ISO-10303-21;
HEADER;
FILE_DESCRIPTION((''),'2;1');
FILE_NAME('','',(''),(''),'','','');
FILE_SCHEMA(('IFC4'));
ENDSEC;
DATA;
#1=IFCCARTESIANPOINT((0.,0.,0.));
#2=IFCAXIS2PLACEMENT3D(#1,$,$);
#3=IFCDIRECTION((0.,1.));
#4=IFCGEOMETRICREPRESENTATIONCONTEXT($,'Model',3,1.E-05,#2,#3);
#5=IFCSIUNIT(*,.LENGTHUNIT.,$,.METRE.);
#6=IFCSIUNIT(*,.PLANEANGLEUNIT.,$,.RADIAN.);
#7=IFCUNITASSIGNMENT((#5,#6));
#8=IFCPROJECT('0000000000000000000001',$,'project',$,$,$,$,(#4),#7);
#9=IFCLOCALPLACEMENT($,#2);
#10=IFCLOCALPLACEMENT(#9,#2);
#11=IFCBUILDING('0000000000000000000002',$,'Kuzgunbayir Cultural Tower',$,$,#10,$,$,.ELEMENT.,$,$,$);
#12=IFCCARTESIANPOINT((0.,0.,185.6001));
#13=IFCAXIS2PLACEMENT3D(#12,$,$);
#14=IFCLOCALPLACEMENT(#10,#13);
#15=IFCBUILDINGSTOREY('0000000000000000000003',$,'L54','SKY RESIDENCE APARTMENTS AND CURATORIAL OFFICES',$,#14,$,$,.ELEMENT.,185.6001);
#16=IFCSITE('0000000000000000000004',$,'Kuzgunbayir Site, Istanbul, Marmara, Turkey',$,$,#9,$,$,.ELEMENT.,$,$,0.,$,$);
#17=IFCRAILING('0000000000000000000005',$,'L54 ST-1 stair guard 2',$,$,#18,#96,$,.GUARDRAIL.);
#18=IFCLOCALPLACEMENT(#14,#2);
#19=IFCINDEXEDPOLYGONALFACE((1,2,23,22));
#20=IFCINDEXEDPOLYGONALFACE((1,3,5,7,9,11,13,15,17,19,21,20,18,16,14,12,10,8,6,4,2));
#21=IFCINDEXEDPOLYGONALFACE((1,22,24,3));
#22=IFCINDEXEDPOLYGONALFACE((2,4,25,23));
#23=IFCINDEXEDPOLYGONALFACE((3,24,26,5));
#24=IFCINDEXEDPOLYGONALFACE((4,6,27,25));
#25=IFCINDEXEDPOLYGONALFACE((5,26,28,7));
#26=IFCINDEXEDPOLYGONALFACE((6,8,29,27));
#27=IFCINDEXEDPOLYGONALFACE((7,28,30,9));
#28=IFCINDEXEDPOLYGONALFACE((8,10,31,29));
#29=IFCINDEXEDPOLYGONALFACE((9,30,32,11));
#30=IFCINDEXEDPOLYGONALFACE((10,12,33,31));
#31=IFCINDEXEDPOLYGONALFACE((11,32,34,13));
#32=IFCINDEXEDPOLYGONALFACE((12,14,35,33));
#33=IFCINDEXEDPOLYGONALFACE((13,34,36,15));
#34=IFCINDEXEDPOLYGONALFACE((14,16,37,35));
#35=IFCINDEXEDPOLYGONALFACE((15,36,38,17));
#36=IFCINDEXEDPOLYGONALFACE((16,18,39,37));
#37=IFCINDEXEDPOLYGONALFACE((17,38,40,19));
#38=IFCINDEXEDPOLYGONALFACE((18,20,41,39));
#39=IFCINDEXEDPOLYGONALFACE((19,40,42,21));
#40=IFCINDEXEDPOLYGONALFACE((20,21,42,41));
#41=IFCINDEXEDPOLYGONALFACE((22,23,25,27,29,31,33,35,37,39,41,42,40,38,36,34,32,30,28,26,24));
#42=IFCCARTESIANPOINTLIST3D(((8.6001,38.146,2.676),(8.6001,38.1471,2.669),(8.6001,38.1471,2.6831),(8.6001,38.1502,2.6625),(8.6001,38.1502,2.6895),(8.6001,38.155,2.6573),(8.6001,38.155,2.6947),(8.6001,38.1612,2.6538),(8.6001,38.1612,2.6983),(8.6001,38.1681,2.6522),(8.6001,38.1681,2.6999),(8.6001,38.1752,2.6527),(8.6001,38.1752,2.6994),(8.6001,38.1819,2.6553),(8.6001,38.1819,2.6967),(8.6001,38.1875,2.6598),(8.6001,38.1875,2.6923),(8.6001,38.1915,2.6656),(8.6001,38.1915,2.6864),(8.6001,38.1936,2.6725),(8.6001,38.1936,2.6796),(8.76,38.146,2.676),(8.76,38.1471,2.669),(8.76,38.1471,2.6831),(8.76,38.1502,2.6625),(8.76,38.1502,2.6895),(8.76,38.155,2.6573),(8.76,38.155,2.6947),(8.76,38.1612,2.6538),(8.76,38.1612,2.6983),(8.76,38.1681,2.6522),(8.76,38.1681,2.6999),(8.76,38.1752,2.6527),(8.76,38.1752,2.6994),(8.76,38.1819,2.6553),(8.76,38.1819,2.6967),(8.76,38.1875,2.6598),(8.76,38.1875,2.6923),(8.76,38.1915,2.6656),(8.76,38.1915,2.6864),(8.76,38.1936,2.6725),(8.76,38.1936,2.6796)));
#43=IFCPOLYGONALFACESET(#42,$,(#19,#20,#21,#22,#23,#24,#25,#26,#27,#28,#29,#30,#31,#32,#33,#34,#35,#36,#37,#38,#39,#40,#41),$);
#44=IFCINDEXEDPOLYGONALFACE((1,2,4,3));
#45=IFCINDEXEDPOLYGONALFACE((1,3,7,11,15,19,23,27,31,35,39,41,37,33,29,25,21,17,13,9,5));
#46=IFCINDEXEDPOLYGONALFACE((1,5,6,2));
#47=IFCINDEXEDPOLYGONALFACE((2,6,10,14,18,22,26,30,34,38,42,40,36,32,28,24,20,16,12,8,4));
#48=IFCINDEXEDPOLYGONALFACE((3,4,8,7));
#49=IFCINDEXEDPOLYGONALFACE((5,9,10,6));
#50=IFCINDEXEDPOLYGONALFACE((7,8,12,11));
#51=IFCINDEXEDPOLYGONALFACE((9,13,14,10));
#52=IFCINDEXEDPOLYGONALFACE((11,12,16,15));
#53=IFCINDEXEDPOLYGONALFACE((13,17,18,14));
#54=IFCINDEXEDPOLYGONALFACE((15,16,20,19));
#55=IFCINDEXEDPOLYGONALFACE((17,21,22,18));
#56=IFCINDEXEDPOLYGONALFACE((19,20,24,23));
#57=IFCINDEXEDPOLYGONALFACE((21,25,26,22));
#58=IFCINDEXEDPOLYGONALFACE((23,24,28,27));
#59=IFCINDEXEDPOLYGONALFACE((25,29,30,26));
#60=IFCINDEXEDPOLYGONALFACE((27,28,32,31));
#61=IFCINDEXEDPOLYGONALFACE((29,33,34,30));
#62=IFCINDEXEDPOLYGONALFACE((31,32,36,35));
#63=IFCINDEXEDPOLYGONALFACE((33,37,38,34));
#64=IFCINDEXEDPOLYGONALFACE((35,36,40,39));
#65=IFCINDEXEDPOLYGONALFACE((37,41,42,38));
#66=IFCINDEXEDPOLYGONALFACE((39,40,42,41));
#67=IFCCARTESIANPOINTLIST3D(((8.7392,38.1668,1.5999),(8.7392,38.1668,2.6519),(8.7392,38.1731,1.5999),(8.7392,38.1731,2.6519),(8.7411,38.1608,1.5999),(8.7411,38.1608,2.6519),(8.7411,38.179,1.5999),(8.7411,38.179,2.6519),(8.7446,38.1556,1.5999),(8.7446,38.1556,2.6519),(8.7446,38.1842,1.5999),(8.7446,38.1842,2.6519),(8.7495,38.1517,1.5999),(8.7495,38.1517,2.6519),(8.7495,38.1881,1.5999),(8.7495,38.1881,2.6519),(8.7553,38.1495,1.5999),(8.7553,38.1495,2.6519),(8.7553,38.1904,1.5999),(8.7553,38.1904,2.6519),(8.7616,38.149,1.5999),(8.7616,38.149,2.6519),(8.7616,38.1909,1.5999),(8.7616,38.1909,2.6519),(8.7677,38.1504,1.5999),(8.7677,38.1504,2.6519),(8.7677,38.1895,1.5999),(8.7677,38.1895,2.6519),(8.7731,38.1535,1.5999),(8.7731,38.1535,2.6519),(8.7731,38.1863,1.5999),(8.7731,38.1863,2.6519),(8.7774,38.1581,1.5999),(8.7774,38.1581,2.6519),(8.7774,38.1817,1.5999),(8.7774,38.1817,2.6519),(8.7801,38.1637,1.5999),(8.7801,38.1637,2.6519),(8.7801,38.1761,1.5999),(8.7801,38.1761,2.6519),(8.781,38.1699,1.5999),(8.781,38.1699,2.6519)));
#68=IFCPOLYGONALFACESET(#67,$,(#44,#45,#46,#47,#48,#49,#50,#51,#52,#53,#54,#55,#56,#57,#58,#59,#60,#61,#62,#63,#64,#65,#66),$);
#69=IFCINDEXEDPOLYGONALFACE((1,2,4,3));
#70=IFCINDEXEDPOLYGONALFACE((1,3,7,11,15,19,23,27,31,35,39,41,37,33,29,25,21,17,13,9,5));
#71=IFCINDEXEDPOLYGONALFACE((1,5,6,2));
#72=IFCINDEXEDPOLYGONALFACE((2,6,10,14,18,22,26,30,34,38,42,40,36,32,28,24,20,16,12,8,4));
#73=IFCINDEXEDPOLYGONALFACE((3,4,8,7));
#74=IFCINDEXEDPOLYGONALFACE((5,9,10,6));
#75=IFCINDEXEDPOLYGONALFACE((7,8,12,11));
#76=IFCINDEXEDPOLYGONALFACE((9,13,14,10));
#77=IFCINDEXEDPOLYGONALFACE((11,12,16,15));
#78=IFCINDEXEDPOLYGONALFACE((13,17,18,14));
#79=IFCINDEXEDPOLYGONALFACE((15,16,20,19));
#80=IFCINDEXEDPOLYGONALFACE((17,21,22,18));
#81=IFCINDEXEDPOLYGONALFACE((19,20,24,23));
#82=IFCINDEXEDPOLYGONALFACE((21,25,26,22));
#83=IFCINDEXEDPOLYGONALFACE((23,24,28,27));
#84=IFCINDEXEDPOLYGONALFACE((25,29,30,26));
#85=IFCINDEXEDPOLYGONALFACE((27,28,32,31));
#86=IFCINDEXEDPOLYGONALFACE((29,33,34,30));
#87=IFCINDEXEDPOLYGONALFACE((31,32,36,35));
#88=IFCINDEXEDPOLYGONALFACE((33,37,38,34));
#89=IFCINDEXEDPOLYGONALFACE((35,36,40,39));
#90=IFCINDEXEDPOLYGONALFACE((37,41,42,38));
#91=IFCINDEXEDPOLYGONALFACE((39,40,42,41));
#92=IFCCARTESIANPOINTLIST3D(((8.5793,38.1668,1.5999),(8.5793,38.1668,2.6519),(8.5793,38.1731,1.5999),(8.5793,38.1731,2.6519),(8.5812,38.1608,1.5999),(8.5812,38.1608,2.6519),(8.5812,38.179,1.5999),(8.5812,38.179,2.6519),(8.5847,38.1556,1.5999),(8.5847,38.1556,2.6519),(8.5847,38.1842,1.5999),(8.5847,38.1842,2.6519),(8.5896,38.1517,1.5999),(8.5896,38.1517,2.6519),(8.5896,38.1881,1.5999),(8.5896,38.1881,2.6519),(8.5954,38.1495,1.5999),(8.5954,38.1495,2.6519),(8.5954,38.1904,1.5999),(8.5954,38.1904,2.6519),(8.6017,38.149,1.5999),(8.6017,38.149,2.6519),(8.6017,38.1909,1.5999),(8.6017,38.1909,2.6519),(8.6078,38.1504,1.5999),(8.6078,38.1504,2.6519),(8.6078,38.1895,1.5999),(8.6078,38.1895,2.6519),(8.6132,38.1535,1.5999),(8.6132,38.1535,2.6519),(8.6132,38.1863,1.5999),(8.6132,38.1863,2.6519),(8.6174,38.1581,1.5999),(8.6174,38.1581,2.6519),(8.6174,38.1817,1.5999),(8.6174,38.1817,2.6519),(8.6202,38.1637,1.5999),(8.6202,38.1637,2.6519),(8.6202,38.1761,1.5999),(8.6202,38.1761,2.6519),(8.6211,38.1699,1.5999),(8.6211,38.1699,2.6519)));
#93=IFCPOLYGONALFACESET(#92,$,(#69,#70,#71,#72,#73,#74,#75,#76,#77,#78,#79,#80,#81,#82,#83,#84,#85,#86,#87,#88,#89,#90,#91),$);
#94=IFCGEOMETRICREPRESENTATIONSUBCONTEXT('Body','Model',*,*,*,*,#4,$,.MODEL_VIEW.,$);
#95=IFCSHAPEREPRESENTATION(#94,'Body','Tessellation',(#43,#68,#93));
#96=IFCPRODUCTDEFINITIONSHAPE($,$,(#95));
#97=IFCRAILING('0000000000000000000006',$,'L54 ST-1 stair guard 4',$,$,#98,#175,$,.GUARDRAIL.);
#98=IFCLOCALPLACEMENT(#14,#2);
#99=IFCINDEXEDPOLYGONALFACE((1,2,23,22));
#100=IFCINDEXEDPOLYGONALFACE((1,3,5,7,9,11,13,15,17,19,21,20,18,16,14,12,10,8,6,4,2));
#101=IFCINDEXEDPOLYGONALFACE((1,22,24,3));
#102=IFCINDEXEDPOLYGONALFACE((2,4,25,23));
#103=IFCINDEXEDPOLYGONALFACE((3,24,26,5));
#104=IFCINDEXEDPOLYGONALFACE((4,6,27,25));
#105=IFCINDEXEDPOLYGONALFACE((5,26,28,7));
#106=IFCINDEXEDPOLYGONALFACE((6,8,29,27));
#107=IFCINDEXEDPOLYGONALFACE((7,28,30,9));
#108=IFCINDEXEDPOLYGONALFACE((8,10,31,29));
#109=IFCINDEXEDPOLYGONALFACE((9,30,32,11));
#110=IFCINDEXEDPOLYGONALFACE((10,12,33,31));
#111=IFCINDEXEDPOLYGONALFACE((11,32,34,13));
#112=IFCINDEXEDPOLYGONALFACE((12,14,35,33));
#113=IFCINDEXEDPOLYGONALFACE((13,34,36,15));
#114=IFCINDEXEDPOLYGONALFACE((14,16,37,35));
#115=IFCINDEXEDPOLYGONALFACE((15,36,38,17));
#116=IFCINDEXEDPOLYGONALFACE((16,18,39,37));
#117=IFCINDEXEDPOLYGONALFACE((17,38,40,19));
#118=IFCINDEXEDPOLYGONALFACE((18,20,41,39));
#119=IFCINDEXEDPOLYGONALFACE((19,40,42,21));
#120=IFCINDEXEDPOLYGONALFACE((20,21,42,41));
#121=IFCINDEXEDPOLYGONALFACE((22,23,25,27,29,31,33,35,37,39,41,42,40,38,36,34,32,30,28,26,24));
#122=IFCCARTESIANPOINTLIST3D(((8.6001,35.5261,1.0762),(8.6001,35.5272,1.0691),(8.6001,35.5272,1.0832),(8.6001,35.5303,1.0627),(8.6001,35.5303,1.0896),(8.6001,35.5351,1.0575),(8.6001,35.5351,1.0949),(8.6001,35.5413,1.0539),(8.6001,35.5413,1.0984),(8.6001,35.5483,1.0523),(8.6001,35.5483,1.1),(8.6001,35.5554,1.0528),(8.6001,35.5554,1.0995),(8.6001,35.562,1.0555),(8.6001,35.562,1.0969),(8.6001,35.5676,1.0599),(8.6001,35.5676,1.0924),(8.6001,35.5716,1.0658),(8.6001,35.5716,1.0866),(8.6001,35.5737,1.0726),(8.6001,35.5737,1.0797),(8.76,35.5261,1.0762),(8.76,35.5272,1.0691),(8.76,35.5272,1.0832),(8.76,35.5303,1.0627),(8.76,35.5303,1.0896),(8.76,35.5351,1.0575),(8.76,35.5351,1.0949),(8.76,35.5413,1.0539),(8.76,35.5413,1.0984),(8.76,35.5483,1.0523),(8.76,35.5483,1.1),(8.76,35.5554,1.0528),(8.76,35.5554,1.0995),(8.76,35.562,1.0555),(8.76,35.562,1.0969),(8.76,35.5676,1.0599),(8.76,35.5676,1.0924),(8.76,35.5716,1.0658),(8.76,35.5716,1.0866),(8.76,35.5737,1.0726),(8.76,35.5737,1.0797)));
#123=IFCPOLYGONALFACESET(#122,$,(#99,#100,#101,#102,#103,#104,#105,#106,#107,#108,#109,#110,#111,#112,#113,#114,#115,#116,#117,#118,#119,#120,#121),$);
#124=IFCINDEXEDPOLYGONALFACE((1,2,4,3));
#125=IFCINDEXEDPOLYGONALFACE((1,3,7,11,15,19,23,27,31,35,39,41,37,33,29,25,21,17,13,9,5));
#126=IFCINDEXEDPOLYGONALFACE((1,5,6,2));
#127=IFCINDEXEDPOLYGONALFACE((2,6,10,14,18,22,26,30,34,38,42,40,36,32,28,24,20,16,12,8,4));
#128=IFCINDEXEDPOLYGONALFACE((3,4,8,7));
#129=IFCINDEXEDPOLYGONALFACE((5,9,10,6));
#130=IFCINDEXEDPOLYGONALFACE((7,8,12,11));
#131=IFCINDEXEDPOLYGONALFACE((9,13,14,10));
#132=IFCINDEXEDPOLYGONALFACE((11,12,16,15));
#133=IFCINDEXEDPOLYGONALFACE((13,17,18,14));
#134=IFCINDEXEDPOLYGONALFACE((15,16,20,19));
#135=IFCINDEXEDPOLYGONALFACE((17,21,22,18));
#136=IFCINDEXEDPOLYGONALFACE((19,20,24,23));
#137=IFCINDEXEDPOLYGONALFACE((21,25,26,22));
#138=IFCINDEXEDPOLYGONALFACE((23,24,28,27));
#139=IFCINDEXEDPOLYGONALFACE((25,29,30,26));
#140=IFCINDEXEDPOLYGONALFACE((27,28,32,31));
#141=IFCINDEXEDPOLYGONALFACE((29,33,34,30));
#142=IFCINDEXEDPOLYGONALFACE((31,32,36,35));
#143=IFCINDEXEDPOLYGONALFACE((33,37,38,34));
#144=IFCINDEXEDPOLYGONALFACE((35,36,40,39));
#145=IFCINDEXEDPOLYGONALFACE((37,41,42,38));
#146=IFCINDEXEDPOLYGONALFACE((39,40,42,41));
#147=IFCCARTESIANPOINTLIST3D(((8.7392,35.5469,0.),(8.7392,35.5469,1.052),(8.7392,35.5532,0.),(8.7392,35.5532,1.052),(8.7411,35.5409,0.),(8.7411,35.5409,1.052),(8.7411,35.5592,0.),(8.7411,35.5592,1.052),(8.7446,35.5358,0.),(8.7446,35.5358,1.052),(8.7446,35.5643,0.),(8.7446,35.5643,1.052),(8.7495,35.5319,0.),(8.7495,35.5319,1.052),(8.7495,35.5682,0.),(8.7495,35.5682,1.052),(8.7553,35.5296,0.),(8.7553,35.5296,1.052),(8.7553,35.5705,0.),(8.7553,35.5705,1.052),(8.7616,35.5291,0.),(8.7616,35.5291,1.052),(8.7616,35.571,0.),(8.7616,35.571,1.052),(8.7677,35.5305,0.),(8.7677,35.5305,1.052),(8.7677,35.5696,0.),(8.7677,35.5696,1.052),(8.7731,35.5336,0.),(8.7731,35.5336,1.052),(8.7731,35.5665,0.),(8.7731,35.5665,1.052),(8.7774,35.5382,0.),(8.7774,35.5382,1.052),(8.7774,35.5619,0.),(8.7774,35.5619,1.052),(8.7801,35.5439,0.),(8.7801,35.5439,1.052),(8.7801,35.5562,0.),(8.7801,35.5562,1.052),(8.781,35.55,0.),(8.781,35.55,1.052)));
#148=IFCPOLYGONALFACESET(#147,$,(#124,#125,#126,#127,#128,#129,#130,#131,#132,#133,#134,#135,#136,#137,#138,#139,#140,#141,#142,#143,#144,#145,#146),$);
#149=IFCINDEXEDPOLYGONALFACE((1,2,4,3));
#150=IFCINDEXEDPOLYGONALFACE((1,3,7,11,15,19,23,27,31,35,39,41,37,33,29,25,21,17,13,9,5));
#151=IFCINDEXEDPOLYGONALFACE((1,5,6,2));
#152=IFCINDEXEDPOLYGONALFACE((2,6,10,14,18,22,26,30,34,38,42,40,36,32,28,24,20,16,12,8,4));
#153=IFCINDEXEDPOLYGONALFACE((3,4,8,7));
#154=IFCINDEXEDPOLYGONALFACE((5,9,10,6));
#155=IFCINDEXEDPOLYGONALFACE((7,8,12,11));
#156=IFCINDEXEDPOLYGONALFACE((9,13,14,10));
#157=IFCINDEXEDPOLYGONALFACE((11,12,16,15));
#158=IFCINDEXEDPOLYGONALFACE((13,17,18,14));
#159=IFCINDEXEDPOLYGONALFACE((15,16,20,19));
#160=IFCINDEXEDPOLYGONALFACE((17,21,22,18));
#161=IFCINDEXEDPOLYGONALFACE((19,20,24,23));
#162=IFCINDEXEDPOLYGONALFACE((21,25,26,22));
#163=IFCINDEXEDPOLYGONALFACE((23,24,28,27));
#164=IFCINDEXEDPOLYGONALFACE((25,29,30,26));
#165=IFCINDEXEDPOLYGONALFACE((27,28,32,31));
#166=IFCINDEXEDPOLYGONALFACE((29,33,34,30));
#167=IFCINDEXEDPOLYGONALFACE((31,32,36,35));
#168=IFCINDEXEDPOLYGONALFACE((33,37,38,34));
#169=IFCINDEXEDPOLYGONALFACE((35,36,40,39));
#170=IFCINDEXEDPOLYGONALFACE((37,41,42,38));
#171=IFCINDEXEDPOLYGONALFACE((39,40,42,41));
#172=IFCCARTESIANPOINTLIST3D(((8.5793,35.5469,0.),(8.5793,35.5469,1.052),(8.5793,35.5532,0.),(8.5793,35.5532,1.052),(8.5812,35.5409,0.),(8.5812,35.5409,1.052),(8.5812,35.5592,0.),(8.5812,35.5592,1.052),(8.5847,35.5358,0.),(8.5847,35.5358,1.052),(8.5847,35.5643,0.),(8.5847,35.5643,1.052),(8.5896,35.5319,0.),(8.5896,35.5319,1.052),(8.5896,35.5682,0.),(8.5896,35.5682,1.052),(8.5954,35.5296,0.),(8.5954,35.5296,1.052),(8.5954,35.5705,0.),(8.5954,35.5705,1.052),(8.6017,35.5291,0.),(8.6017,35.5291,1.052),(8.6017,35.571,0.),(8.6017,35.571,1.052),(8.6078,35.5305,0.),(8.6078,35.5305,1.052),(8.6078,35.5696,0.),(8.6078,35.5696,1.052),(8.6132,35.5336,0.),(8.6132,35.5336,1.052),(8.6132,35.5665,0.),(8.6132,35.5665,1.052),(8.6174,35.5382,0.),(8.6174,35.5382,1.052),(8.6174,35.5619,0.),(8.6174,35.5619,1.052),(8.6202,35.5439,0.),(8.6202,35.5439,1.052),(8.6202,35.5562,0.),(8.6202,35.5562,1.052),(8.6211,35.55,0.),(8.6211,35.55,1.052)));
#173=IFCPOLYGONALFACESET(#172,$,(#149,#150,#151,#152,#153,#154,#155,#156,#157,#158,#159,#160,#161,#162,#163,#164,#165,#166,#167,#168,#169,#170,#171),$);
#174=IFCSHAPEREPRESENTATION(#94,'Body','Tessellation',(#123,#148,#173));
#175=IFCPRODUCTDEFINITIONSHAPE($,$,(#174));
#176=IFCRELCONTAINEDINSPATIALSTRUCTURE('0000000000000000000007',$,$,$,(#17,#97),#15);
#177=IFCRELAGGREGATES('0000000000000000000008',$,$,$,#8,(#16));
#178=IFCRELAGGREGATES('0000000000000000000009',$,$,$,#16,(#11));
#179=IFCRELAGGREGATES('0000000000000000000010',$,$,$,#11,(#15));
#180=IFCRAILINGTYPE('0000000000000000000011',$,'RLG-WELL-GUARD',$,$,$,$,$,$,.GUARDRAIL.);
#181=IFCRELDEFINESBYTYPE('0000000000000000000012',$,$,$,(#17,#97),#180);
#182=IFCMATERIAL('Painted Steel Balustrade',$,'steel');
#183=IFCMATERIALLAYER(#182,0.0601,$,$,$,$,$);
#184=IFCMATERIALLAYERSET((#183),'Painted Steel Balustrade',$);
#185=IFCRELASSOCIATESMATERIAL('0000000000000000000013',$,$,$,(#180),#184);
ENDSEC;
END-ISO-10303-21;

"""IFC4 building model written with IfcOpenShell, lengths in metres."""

from ifc_helpers import new_model, si_unit, direction, frame, origin, origin_2d, place, context, subcontext, project, spatial, circle, extrude, material, layer, layer_set, type_object, element, save


model = new_model("IFC4")

# Units and contexts
model_context = context("Model", 3, precision=1e-05, world=origin(), true_north=direction((0.0, 1.0)))
body_context = subcontext(model_context, "Body", "Model", "MODEL_VIEW")
ifc_project = project(units=[si_unit("LENGTHUNIT", "METRE"), si_unit("PLANEANGLEUNIT", "RADIAN")], contexts=[model_context])

# Site, building, storey
site_placement = place(None, origin())
site = spatial("IfcSite", under=ifc_project, at=site_placement, Name="Kuzgunbayir Site, Istanbul, Marmara, Turkey", CompositionType="ELEMENT", RefElevation=0.0)
building_placement = place(site_placement, origin())
building = spatial("IfcBuilding", under=site, at=building_placement, Name="Kuzgunbayir Cultural Tower", CompositionType="ELEMENT")
storey_placement = place(building_placement, frame((0.0, 0.0, 185.6001)))
storey = spatial("IfcBuildingStorey", under=building, at=storey_placement, Name="L54", Description="SKY RESIDENCE APARTMENTS AND CURATORIAL OFFICES", CompositionType="ELEMENT", Elevation=185.6001)

# Railings
ifc_material_1 = material(Name="Painted Steel Balustrade", Category="steel")
ifc_layer_1 = layer(ifc_material_1, 0.0601)
ifc_layer_set_1 = layer_set([ifc_layer_1], Name="Painted Steel Balustrade")
railing_type_1 = type_object("IfcRailingType", Name="RLG-WELL-GUARD", PredefinedType="GUARDRAIL", material=ifc_layer_set_1)
for number, where, name in (
    (1, (8.76, 38.1699, 1.5999), "L54 ST-1 stair guard 2"),
    (2, (8.76, 35.55, 0.0), "L54 ST-1 stair guard 4"),
):
    element("IfcRailing", number, at=place(storey_placement, frame(where)), inside=storey, type_object=railing_type_1, Name=name, PredefinedType="GUARDRAIL", context=body_context, shape_type="SweptSolid", body=[
        extrude(circle(Radius=0.0239, at=origin_2d()), frame((0.0, 0.0, 1.0762), z_axis=(-1.0, 0.0, 0.0), x_axis=(0.0, -1.0, 0.0)), (0.0, 0.0, 1.0), 0.1599),
        extrude(circle(Radius=0.021, at=origin_2d()), origin(), (0.0, 0.0, 1.0), 1.052),
        extrude(circle(Radius=0.021, at=origin_2d()), frame((-0.1599, 0.0, 0.0)), (0.0, 0.0, 1.0), 1.052),
    ])

save(model, "model.ifc")
